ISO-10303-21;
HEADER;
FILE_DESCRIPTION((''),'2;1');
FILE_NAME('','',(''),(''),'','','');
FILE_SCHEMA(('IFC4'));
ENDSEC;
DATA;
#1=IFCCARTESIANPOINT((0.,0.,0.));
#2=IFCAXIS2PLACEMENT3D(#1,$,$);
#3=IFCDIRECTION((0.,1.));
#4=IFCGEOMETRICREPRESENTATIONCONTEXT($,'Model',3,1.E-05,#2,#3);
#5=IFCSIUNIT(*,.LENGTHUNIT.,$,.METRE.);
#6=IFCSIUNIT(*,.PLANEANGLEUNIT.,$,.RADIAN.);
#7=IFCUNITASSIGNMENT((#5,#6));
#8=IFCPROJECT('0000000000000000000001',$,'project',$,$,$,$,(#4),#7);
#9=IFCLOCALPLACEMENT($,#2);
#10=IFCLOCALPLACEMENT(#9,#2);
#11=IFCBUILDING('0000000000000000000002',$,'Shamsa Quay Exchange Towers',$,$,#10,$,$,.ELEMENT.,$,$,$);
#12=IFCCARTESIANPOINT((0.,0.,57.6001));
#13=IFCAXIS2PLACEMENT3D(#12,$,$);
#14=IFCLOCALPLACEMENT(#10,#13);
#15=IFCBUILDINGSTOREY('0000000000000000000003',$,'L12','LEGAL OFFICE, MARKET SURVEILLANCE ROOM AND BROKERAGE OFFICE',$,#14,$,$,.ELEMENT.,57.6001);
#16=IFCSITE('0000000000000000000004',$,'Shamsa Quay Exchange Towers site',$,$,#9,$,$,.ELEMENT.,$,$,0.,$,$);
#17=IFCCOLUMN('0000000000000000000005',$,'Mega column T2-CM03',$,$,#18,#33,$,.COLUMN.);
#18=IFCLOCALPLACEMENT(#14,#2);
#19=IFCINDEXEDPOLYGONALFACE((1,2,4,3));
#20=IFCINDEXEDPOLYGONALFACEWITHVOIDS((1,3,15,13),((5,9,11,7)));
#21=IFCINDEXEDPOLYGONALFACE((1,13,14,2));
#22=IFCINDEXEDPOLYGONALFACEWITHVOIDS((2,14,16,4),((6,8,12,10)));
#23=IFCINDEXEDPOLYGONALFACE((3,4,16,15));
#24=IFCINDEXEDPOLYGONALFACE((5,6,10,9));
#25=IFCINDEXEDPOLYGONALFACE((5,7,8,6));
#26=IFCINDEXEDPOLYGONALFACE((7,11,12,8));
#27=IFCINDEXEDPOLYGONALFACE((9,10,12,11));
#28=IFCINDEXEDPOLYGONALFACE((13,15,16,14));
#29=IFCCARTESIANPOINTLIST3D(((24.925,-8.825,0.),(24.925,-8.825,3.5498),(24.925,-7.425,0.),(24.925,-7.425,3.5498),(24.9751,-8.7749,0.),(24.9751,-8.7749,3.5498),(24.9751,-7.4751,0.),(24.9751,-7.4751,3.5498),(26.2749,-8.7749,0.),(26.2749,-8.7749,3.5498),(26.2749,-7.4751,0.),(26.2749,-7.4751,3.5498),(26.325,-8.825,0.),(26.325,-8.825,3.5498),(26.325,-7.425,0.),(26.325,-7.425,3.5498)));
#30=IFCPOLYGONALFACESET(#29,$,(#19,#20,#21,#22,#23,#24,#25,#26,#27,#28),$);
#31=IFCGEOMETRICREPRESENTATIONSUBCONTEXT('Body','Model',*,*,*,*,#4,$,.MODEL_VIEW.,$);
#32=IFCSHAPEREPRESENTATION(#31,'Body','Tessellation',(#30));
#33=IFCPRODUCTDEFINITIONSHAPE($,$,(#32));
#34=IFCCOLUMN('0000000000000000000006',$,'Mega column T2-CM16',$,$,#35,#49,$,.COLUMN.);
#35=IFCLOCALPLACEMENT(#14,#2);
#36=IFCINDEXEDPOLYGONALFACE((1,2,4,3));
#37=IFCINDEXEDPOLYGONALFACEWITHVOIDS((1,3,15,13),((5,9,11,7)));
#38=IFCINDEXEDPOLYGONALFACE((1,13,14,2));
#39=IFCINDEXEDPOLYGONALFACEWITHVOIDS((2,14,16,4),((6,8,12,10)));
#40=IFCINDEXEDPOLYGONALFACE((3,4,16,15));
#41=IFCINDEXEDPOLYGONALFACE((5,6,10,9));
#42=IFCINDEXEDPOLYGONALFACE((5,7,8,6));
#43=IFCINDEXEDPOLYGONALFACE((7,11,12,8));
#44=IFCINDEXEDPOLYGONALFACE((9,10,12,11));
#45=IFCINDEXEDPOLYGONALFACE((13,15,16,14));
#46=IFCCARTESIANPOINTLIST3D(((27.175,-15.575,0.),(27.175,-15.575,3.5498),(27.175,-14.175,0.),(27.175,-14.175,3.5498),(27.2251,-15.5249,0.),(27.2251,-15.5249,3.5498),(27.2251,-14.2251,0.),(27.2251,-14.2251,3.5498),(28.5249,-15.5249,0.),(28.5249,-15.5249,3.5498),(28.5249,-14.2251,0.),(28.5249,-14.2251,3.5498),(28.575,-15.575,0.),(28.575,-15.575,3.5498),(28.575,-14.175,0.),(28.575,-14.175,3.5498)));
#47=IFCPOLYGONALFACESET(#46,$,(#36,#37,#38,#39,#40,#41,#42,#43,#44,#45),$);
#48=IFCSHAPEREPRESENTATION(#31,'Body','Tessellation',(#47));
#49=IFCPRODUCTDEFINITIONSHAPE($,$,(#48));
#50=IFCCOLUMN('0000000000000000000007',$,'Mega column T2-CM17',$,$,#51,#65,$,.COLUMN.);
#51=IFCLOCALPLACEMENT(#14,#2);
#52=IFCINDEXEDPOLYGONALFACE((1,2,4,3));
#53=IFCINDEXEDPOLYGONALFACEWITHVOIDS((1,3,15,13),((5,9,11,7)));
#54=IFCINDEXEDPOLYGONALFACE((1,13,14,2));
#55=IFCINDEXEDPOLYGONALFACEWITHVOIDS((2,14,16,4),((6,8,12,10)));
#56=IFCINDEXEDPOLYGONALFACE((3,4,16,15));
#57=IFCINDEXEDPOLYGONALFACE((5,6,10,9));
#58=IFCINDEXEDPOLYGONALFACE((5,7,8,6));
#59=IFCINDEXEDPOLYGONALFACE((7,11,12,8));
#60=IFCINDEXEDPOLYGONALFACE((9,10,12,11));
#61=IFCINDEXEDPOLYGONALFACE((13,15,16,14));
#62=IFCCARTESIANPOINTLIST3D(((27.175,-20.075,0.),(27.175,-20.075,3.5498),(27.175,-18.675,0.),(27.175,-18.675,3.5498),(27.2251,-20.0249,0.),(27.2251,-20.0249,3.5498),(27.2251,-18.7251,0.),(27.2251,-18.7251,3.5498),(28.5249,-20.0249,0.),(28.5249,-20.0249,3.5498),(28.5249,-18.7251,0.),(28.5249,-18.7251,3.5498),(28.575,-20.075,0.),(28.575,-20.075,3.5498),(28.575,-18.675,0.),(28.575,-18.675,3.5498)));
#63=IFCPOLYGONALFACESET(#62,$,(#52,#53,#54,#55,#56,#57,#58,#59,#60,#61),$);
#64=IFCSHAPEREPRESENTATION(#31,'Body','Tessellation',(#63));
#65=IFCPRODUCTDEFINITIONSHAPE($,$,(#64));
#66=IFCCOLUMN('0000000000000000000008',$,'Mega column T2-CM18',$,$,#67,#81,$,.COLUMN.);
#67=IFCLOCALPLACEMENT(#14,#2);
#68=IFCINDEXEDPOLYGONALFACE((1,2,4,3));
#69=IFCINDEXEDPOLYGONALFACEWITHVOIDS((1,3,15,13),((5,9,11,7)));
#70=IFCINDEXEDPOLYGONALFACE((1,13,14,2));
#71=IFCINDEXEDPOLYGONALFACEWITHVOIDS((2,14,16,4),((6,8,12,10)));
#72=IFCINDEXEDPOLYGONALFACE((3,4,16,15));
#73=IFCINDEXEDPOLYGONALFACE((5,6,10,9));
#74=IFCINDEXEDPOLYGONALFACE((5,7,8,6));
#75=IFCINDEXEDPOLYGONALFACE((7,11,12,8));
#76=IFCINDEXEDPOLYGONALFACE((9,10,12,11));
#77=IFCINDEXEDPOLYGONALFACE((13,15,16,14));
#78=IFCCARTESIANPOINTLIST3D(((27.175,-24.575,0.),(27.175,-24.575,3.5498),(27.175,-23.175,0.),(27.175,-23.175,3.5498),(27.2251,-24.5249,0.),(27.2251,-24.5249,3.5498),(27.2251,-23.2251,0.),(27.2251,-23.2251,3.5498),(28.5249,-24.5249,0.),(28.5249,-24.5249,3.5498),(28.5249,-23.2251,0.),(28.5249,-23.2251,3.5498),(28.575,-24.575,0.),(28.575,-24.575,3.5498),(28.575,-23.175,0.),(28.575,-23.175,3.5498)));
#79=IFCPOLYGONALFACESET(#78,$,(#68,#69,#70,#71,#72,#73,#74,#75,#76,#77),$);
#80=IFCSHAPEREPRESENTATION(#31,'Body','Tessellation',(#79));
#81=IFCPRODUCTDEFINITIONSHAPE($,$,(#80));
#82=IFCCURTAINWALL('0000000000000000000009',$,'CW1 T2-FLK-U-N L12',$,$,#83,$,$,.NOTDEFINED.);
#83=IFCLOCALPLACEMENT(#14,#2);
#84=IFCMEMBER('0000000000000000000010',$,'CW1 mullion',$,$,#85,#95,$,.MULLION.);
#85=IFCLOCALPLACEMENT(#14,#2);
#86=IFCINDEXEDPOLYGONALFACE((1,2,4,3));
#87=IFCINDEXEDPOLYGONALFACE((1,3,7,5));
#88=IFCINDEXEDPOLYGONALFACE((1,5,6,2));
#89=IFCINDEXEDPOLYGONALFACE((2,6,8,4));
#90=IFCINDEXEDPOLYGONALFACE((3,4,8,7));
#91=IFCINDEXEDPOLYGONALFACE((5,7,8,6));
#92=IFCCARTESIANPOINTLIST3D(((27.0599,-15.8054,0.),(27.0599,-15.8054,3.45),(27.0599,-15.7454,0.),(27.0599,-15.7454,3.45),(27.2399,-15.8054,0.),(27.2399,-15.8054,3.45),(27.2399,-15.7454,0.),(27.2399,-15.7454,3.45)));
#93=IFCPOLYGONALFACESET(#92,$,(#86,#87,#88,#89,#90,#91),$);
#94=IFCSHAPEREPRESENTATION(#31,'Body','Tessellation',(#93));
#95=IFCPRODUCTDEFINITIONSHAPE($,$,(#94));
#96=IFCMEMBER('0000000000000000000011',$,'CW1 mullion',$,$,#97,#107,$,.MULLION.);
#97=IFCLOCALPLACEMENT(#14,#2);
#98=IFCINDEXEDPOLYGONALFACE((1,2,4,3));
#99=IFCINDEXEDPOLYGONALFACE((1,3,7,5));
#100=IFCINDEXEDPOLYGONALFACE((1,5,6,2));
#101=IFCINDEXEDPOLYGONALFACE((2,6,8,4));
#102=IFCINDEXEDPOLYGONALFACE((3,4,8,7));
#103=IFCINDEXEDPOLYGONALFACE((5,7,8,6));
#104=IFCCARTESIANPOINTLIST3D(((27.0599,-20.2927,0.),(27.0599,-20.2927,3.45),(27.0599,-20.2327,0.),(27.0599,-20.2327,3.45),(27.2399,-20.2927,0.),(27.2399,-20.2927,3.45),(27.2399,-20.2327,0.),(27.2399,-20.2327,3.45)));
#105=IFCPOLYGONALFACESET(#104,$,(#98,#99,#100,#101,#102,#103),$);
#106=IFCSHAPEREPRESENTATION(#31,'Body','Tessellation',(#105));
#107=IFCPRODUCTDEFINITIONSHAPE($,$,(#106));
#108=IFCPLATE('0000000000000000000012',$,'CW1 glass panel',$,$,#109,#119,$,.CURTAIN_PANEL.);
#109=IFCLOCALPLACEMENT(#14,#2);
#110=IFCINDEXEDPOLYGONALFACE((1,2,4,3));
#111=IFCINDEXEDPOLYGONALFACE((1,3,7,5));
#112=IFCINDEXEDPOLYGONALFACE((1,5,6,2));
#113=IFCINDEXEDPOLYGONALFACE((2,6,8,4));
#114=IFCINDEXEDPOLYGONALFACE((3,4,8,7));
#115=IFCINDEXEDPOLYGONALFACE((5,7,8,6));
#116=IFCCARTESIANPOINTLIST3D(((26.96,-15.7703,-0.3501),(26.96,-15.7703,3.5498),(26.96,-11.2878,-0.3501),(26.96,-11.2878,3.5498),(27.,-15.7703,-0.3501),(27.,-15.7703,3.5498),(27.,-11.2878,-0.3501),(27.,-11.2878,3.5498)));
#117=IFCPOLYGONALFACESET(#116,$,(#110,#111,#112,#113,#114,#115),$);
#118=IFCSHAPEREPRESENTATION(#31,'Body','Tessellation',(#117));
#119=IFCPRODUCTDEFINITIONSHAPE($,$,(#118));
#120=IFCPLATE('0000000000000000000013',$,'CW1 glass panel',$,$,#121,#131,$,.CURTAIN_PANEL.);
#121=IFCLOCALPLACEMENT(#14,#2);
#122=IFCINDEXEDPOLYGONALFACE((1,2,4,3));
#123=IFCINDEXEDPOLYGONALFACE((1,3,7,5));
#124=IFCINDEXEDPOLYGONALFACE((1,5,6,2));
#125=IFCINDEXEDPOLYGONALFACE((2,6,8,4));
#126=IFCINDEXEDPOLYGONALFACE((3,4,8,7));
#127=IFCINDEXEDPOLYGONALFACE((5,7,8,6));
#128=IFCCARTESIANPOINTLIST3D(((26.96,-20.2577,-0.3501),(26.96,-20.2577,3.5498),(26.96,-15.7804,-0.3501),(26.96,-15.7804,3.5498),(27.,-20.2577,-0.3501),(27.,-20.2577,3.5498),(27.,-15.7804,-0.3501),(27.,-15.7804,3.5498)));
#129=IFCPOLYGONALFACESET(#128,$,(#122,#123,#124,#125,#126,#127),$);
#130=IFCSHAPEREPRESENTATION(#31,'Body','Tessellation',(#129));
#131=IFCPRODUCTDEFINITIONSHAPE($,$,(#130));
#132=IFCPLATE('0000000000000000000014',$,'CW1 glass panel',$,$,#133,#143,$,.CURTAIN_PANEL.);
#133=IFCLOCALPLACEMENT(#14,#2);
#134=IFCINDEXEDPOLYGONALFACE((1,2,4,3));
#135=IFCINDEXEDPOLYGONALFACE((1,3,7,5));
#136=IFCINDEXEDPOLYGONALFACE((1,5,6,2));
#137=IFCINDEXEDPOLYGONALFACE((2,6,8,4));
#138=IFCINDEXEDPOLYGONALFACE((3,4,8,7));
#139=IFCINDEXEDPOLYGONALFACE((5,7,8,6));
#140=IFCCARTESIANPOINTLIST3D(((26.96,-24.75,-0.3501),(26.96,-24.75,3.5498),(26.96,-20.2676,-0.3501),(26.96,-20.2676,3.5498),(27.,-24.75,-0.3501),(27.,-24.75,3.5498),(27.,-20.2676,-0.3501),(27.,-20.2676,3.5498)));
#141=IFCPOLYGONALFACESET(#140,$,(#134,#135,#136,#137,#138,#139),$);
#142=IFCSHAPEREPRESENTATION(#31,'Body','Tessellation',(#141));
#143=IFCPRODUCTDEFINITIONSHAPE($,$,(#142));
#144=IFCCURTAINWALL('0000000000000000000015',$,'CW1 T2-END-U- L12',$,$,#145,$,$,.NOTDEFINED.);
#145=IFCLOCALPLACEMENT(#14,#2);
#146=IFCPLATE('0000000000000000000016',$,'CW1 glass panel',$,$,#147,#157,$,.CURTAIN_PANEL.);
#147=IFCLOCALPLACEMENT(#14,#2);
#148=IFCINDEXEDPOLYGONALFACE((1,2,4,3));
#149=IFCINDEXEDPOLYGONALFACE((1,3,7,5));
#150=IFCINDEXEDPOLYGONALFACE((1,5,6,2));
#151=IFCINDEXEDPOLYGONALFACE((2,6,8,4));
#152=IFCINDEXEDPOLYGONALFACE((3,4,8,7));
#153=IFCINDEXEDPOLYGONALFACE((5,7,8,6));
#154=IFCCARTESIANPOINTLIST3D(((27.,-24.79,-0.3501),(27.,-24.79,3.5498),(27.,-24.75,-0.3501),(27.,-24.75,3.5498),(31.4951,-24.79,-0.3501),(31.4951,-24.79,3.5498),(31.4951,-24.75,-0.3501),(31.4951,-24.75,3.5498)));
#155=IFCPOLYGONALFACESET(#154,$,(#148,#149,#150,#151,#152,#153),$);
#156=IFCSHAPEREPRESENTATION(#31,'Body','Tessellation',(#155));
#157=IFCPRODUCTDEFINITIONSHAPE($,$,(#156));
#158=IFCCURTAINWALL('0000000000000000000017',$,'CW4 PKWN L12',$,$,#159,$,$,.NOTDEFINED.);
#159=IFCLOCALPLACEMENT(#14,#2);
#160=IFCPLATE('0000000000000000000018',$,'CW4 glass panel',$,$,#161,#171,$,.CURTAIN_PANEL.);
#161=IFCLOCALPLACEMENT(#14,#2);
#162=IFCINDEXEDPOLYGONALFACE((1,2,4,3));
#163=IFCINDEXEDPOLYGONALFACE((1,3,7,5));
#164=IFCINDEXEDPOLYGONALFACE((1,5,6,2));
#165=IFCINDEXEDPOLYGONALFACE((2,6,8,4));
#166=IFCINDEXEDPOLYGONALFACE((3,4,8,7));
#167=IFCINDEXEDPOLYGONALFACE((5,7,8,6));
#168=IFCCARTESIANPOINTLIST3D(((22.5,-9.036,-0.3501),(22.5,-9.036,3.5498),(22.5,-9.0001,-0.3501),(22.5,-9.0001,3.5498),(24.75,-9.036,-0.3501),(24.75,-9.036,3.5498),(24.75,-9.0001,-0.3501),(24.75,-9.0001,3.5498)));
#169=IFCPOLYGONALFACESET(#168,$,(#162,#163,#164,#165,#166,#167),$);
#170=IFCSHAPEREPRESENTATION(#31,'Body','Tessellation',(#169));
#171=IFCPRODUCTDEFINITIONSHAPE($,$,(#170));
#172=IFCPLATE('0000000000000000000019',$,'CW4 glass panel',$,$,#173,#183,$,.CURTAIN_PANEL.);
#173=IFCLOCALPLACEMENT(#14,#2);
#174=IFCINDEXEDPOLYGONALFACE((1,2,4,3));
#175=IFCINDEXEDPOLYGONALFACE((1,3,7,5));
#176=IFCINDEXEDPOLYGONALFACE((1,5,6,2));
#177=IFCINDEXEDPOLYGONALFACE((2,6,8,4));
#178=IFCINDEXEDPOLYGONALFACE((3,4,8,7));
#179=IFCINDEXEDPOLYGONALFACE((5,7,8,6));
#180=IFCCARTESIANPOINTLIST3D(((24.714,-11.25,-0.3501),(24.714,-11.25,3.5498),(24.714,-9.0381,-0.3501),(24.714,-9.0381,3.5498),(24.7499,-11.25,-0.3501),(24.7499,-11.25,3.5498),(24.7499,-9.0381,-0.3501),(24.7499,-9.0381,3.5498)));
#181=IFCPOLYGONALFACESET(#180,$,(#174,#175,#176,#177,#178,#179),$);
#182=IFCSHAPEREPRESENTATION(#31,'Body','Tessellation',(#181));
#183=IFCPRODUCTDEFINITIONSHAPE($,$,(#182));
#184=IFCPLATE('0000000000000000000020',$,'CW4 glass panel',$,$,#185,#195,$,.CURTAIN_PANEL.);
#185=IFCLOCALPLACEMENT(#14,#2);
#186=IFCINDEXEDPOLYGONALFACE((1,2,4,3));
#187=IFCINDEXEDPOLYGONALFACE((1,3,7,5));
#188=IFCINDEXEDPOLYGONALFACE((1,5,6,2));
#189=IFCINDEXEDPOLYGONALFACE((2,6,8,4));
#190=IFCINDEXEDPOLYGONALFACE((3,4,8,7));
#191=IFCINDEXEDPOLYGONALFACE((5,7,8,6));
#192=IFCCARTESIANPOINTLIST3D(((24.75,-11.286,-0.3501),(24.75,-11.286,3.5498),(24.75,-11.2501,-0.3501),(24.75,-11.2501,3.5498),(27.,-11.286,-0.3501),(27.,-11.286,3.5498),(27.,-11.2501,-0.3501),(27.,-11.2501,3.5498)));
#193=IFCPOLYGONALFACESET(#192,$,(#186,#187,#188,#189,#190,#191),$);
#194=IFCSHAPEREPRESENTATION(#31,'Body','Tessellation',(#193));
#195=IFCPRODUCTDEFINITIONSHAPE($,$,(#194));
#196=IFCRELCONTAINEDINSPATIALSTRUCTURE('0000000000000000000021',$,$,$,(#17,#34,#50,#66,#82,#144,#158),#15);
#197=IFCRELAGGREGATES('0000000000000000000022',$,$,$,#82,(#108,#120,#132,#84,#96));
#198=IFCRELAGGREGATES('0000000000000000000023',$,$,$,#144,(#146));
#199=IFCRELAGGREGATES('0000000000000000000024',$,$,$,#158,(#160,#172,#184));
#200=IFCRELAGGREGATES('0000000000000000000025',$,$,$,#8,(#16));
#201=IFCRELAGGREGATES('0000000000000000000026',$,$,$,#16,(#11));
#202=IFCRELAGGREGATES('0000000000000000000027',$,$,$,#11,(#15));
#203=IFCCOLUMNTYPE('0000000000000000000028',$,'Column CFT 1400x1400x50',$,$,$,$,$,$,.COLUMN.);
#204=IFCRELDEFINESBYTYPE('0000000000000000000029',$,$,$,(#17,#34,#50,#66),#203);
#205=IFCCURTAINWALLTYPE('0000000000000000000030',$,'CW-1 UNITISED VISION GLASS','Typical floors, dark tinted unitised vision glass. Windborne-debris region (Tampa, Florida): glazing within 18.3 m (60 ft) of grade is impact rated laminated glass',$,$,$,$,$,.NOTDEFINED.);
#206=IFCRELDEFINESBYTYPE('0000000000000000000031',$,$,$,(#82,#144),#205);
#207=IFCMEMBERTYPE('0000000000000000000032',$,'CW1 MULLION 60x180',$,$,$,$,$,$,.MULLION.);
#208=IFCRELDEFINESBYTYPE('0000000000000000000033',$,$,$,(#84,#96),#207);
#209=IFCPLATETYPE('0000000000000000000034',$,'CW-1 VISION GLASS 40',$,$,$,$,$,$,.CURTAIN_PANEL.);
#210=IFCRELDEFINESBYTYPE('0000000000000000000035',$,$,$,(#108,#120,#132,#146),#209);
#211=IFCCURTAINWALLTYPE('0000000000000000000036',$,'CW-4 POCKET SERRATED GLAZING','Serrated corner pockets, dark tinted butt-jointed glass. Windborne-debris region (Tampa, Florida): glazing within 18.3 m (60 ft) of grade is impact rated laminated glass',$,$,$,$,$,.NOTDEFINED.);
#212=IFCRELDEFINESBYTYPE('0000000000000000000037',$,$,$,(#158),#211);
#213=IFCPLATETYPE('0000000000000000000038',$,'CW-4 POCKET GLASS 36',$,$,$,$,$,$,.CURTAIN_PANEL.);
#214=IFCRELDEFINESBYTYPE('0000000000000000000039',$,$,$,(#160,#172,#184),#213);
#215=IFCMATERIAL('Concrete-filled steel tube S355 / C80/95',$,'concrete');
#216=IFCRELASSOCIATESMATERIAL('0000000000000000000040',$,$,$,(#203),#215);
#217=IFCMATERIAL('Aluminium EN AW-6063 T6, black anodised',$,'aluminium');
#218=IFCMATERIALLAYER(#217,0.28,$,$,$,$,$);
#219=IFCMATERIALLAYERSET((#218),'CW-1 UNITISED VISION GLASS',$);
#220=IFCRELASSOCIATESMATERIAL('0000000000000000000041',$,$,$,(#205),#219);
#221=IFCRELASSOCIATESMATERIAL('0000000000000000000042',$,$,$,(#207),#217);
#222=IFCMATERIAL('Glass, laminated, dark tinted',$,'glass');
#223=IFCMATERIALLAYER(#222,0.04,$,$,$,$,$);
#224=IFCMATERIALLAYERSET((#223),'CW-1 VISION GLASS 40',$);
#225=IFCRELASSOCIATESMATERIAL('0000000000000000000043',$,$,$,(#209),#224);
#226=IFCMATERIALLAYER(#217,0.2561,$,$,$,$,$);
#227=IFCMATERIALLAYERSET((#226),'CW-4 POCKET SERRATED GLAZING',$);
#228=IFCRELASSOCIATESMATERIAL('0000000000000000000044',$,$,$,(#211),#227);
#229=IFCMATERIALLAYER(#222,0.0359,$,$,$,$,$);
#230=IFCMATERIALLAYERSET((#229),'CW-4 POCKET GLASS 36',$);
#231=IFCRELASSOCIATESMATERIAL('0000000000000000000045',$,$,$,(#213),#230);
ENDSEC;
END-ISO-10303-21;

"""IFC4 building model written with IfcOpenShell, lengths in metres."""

from ifc_helpers import new_model, si_unit, direction, frame, origin, origin_2d, place, context, subcontext, project, spatial, rectangle, hollow_rectangle, extrude, material, layer, layer_set, material_profile, profile_set, type_object, element, aggregate, save


model = new_model("IFC4")

# Units and contexts
model_context = context("Model", 3, precision=1e-05, world=origin(), true_north=direction((0.0, 1.0)))
body_context = subcontext(model_context, "Body", "Model", "MODEL_VIEW")
ifc_project = project(units=[si_unit("LENGTHUNIT", "METRE"), si_unit("PLANEANGLEUNIT", "RADIAN")], contexts=[model_context])

# Site, building, storey
site_placement = place(None, origin())
site = spatial("IfcSite", under=ifc_project, at=site_placement, Name="Shamsa Quay Exchange Towers site", CompositionType="ELEMENT", RefElevation=0.0)
building_placement = place(site_placement, origin())
building = spatial("IfcBuilding", under=site, at=building_placement, Name="Shamsa Quay Exchange Towers", CompositionType="ELEMENT")
storey_placement = place(building_placement, frame((0.0, 0.0, 57.6001)))
storey = spatial("IfcBuildingStorey", under=building, at=storey_placement, Name="L12", Description="LEGAL OFFICE, MARKET SURVEILLANCE ROOM AND BROKERAGE OFFICE", CompositionType="ELEMENT", Elevation=57.6001)

# Columns
ifc_material_1 = material(Name="Concrete-filled steel tube S355 / C80/95", Category="concrete")
ifc_material_profile_1 = material_profile(ifc_material_1, hollow_rectangle(XDim=1.3999, YDim=1.3999, WallThickness=0.05, at=origin_2d()), Name="CFT 1400x1400x50")
ifc_profile_set_1 = profile_set([ifc_material_profile_1], Name="Concrete-filled steel tube S355 / C80/95")
column_type = type_object("IfcColumnType", Name="Column CFT 1400x1400x50", PredefinedType="COLUMN", material=ifc_profile_set_1)
for number, where, name in (
    (1, (25.625, -8.125, 0.0), "Mega column T2-CM03"),
    (2, (27.875, -14.875, 0.0), "Mega column T2-CM16"),
    (3, (27.875, -19.375, 0.0), "Mega column T2-CM17"),
    (4, (27.875, -23.875, 0.0), "Mega column T2-CM18"),
):
    element("IfcColumn", number, at=place(storey_placement, frame(where)), inside=storey, type_object=column_type, Name=name, PredefinedType="COLUMN", context=body_context, shape_type="SweptSolid", body=[
        extrude(hollow_rectangle(XDim=1.3999, YDim=1.3999, WallThickness=0.05, at=origin_2d()), origin(), (0.0, 0.0, 1.0), 3.5498),
    ])

# Curtain wall, members, plates
ifc_material_2 = material(Name="Aluminium EN AW-6063 T6, black anodised", Category="aluminium")
ifc_layer_1 = layer(ifc_material_2, 0.28)
ifc_layer_set_1 = layer_set([ifc_layer_1], Name="CW-1 UNITISED VISION GLASS")
curtain_wall_type_1 = type_object("IfcCurtainWallType", Name="CW-1 UNITISED VISION GLASS", Description="Typical floors, dark tinted unitised vision glass. Windborne-debris region (Tampa, Florida): glazing within 18.3 m (60 ft) of grade is impact rated laminated glass", PredefinedType="NOTDEFINED", material=ifc_layer_set_1)
curtain_wall_1_placement = place(storey_placement, origin())
curtain_wall_1 = element("IfcCurtainWall", 5, at=curtain_wall_1_placement, inside=storey, type_object=curtain_wall_type_1, Name="CW1 T2-FLK-U-N L12", PredefinedType="NOTDEFINED")
ifc_material_profile_2 = material_profile(ifc_material_2, rectangle(XDim=0.1799, YDim=0.0601, at=origin_2d()), Name="MU60x180")
ifc_profile_set_2 = profile_set([ifc_material_profile_2], Name="Aluminium EN AW-6063 T6, black anodised")
member_type = type_object("IfcMemberType", Name="CW1 MULLION 60x180", PredefinedType="MULLION", material=ifc_profile_set_2)
member_1_placement = place(storey_placement, frame((27.1499, -15.7754, 0.0)))
member_1 = element("IfcMember", 6, at=member_1_placement, type_object=member_type, Name="CW1 mullion", PredefinedType="MULLION", context=body_context, shape_type="SweptSolid", body=[
    extrude(rectangle(XDim=0.1799, YDim=0.0601, at=origin_2d()), origin(), (0.0, 0.0, 1.0), 3.45),
])
member_2_placement = place(storey_placement, frame((27.1499, -20.2627, 0.0)))
member_2 = element("IfcMember", 7, at=member_2_placement, type_object=member_type, Name="CW1 mullion", PredefinedType="MULLION", context=body_context, shape_type="SweptSolid", body=[
    extrude(rectangle(XDim=0.1799, YDim=0.0601, at=origin_2d()), origin(), (0.0, 0.0, 1.0), 3.45),
])
ifc_material_3 = material(Name="Glass, laminated, dark tinted", Category="glass")
ifc_layer_2 = layer(ifc_material_3, 0.04)
ifc_layer_set_2 = layer_set([ifc_layer_2], Name="CW-1 VISION GLASS 40")
plate_type_1 = type_object("IfcPlateType", Name="CW-1 VISION GLASS 40", PredefinedType="CURTAIN_PANEL", material=ifc_layer_set_2)
plate_1_placement = place(storey_placement, frame((26.98, -13.5291, -0.3501), z_axis=(0.0, 0.0, 1.0), x_axis=(0.0, -1.0, 0.0)))
plate_1 = element("IfcPlate", 8, at=plate_1_placement, type_object=plate_type_1, Name="CW1 glass panel", PredefinedType="CURTAIN_PANEL", context=body_context, shape_type="SweptSolid", body=[
    extrude(rectangle(XDim=4.4824, YDim=0.04, at=origin_2d()), origin(), (0.0, 0.0, 1.0), 3.8999),
])
plate_2_placement = place(storey_placement, frame((26.98, -18.019, -0.3501), z_axis=(0.0, 0.0, 1.0), x_axis=(0.0, -1.0, 0.0)))
plate_2 = element("IfcPlate", 9, at=plate_2_placement, type_object=plate_type_1, Name="CW1 glass panel", PredefinedType="CURTAIN_PANEL", context=body_context, shape_type="SweptSolid", body=[
    extrude(rectangle(XDim=4.4773, YDim=0.04, at=origin_2d()), origin(), (0.0, 0.0, 1.0), 3.8999),
])
plate_3_placement = place(storey_placement, frame((26.98, -22.5088, -0.3501), z_axis=(0.0, 0.0, 1.0), x_axis=(0.0, -1.0, 0.0)))
plate_3 = element("IfcPlate", 10, at=plate_3_placement, type_object=plate_type_1, Name="CW1 glass panel", PredefinedType="CURTAIN_PANEL", context=body_context, shape_type="SweptSolid", body=[
    extrude(rectangle(XDim=4.4824, YDim=0.04, at=origin_2d()), origin(), (0.0, 0.0, 1.0), 3.8999),
])
aggregate(curtain_wall_1, [plate_1, plate_2, plate_3, member_1, member_2])

# Curtain wall, plate
curtain_wall_2_placement = place(storey_placement, origin())
curtain_wall_2 = element("IfcCurtainWall", 11, at=curtain_wall_2_placement, inside=storey, type_object=curtain_wall_type_1, Name="CW1 T2-END-U- L12", PredefinedType="NOTDEFINED")
plate_4_placement = place(storey_placement, frame((29.2476, -24.77, -0.3501)))
plate_4 = element("IfcPlate", 12, at=plate_4_placement, type_object=plate_type_1, Name="CW1 glass panel", PredefinedType="CURTAIN_PANEL", context=body_context, shape_type="SweptSolid", body=[
    extrude(rectangle(XDim=4.4951, YDim=0.04, at=origin_2d()), origin(), (0.0, 0.0, 1.0), 3.8999),
])
aggregate(curtain_wall_2, [plate_4])

# Curtain wall, plates
ifc_layer_3 = layer(ifc_material_2, 0.2561)
ifc_layer_set_3 = layer_set([ifc_layer_3], Name="CW-4 POCKET SERRATED GLAZING")
curtain_wall_type_2 = type_object("IfcCurtainWallType", Name="CW-4 POCKET SERRATED GLAZING", Description="Serrated corner pockets, dark tinted butt-jointed glass. Windborne-debris region (Tampa, Florida): glazing within 18.3 m (60 ft) of grade is impact rated laminated glass", PredefinedType="NOTDEFINED", material=ifc_layer_set_3)
curtain_wall_3_placement = place(storey_placement, origin())
curtain_wall_3 = element("IfcCurtainWall", 13, at=curtain_wall_3_placement, inside=storey, type_object=curtain_wall_type_2, Name="CW4 PKWN L12", PredefinedType="NOTDEFINED")
ifc_layer_4 = layer(ifc_material_3, 0.0359)
ifc_layer_set_4 = layer_set([ifc_layer_4], Name="CW-4 POCKET GLASS 36")
plate_type_2 = type_object("IfcPlateType", Name="CW-4 POCKET GLASS 36", PredefinedType="CURTAIN_PANEL", material=ifc_layer_set_4)
plate_5_placement = place(storey_placement, frame((23.625, -9.0181, -0.3501)))
plate_5 = element("IfcPlate", 14, at=plate_5_placement, type_object=plate_type_2, Name="CW4 glass panel", PredefinedType="CURTAIN_PANEL", context=body_context, shape_type="SweptSolid", body=[
    extrude(rectangle(XDim=2.25, YDim=0.0359, at=origin_2d()), origin(), (0.0, 0.0, 1.0), 3.8999),
])
plate_6_placement = place(storey_placement, frame((24.7319, -10.144, -0.3501), z_axis=(0.0, 0.0, 1.0), x_axis=(0.0, -1.0, 0.0)))
plate_6 = element("IfcPlate", 15, at=plate_6_placement, type_object=plate_type_2, Name="CW4 glass panel", PredefinedType="CURTAIN_PANEL", context=body_context, shape_type="SweptSolid", body=[
    extrude(rectangle(XDim=2.2119, YDim=0.0359, at=origin_2d()), origin(), (0.0, 0.0, 1.0), 3.8999),
])
plate_7_placement = place(storey_placement, frame((25.875, -11.2681, -0.3501)))
plate_7 = element("IfcPlate", 16, at=plate_7_placement, type_object=plate_type_2, Name="CW4 glass panel", PredefinedType="CURTAIN_PANEL", context=body_context, shape_type="SweptSolid", body=[
    extrude(rectangle(XDim=2.25, YDim=0.0359, at=origin_2d()), origin(), (0.0, 0.0, 1.0), 3.8999),
])
aggregate(curtain_wall_3, [plate_5, plate_6, plate_7])

save(model, "model.ifc")
